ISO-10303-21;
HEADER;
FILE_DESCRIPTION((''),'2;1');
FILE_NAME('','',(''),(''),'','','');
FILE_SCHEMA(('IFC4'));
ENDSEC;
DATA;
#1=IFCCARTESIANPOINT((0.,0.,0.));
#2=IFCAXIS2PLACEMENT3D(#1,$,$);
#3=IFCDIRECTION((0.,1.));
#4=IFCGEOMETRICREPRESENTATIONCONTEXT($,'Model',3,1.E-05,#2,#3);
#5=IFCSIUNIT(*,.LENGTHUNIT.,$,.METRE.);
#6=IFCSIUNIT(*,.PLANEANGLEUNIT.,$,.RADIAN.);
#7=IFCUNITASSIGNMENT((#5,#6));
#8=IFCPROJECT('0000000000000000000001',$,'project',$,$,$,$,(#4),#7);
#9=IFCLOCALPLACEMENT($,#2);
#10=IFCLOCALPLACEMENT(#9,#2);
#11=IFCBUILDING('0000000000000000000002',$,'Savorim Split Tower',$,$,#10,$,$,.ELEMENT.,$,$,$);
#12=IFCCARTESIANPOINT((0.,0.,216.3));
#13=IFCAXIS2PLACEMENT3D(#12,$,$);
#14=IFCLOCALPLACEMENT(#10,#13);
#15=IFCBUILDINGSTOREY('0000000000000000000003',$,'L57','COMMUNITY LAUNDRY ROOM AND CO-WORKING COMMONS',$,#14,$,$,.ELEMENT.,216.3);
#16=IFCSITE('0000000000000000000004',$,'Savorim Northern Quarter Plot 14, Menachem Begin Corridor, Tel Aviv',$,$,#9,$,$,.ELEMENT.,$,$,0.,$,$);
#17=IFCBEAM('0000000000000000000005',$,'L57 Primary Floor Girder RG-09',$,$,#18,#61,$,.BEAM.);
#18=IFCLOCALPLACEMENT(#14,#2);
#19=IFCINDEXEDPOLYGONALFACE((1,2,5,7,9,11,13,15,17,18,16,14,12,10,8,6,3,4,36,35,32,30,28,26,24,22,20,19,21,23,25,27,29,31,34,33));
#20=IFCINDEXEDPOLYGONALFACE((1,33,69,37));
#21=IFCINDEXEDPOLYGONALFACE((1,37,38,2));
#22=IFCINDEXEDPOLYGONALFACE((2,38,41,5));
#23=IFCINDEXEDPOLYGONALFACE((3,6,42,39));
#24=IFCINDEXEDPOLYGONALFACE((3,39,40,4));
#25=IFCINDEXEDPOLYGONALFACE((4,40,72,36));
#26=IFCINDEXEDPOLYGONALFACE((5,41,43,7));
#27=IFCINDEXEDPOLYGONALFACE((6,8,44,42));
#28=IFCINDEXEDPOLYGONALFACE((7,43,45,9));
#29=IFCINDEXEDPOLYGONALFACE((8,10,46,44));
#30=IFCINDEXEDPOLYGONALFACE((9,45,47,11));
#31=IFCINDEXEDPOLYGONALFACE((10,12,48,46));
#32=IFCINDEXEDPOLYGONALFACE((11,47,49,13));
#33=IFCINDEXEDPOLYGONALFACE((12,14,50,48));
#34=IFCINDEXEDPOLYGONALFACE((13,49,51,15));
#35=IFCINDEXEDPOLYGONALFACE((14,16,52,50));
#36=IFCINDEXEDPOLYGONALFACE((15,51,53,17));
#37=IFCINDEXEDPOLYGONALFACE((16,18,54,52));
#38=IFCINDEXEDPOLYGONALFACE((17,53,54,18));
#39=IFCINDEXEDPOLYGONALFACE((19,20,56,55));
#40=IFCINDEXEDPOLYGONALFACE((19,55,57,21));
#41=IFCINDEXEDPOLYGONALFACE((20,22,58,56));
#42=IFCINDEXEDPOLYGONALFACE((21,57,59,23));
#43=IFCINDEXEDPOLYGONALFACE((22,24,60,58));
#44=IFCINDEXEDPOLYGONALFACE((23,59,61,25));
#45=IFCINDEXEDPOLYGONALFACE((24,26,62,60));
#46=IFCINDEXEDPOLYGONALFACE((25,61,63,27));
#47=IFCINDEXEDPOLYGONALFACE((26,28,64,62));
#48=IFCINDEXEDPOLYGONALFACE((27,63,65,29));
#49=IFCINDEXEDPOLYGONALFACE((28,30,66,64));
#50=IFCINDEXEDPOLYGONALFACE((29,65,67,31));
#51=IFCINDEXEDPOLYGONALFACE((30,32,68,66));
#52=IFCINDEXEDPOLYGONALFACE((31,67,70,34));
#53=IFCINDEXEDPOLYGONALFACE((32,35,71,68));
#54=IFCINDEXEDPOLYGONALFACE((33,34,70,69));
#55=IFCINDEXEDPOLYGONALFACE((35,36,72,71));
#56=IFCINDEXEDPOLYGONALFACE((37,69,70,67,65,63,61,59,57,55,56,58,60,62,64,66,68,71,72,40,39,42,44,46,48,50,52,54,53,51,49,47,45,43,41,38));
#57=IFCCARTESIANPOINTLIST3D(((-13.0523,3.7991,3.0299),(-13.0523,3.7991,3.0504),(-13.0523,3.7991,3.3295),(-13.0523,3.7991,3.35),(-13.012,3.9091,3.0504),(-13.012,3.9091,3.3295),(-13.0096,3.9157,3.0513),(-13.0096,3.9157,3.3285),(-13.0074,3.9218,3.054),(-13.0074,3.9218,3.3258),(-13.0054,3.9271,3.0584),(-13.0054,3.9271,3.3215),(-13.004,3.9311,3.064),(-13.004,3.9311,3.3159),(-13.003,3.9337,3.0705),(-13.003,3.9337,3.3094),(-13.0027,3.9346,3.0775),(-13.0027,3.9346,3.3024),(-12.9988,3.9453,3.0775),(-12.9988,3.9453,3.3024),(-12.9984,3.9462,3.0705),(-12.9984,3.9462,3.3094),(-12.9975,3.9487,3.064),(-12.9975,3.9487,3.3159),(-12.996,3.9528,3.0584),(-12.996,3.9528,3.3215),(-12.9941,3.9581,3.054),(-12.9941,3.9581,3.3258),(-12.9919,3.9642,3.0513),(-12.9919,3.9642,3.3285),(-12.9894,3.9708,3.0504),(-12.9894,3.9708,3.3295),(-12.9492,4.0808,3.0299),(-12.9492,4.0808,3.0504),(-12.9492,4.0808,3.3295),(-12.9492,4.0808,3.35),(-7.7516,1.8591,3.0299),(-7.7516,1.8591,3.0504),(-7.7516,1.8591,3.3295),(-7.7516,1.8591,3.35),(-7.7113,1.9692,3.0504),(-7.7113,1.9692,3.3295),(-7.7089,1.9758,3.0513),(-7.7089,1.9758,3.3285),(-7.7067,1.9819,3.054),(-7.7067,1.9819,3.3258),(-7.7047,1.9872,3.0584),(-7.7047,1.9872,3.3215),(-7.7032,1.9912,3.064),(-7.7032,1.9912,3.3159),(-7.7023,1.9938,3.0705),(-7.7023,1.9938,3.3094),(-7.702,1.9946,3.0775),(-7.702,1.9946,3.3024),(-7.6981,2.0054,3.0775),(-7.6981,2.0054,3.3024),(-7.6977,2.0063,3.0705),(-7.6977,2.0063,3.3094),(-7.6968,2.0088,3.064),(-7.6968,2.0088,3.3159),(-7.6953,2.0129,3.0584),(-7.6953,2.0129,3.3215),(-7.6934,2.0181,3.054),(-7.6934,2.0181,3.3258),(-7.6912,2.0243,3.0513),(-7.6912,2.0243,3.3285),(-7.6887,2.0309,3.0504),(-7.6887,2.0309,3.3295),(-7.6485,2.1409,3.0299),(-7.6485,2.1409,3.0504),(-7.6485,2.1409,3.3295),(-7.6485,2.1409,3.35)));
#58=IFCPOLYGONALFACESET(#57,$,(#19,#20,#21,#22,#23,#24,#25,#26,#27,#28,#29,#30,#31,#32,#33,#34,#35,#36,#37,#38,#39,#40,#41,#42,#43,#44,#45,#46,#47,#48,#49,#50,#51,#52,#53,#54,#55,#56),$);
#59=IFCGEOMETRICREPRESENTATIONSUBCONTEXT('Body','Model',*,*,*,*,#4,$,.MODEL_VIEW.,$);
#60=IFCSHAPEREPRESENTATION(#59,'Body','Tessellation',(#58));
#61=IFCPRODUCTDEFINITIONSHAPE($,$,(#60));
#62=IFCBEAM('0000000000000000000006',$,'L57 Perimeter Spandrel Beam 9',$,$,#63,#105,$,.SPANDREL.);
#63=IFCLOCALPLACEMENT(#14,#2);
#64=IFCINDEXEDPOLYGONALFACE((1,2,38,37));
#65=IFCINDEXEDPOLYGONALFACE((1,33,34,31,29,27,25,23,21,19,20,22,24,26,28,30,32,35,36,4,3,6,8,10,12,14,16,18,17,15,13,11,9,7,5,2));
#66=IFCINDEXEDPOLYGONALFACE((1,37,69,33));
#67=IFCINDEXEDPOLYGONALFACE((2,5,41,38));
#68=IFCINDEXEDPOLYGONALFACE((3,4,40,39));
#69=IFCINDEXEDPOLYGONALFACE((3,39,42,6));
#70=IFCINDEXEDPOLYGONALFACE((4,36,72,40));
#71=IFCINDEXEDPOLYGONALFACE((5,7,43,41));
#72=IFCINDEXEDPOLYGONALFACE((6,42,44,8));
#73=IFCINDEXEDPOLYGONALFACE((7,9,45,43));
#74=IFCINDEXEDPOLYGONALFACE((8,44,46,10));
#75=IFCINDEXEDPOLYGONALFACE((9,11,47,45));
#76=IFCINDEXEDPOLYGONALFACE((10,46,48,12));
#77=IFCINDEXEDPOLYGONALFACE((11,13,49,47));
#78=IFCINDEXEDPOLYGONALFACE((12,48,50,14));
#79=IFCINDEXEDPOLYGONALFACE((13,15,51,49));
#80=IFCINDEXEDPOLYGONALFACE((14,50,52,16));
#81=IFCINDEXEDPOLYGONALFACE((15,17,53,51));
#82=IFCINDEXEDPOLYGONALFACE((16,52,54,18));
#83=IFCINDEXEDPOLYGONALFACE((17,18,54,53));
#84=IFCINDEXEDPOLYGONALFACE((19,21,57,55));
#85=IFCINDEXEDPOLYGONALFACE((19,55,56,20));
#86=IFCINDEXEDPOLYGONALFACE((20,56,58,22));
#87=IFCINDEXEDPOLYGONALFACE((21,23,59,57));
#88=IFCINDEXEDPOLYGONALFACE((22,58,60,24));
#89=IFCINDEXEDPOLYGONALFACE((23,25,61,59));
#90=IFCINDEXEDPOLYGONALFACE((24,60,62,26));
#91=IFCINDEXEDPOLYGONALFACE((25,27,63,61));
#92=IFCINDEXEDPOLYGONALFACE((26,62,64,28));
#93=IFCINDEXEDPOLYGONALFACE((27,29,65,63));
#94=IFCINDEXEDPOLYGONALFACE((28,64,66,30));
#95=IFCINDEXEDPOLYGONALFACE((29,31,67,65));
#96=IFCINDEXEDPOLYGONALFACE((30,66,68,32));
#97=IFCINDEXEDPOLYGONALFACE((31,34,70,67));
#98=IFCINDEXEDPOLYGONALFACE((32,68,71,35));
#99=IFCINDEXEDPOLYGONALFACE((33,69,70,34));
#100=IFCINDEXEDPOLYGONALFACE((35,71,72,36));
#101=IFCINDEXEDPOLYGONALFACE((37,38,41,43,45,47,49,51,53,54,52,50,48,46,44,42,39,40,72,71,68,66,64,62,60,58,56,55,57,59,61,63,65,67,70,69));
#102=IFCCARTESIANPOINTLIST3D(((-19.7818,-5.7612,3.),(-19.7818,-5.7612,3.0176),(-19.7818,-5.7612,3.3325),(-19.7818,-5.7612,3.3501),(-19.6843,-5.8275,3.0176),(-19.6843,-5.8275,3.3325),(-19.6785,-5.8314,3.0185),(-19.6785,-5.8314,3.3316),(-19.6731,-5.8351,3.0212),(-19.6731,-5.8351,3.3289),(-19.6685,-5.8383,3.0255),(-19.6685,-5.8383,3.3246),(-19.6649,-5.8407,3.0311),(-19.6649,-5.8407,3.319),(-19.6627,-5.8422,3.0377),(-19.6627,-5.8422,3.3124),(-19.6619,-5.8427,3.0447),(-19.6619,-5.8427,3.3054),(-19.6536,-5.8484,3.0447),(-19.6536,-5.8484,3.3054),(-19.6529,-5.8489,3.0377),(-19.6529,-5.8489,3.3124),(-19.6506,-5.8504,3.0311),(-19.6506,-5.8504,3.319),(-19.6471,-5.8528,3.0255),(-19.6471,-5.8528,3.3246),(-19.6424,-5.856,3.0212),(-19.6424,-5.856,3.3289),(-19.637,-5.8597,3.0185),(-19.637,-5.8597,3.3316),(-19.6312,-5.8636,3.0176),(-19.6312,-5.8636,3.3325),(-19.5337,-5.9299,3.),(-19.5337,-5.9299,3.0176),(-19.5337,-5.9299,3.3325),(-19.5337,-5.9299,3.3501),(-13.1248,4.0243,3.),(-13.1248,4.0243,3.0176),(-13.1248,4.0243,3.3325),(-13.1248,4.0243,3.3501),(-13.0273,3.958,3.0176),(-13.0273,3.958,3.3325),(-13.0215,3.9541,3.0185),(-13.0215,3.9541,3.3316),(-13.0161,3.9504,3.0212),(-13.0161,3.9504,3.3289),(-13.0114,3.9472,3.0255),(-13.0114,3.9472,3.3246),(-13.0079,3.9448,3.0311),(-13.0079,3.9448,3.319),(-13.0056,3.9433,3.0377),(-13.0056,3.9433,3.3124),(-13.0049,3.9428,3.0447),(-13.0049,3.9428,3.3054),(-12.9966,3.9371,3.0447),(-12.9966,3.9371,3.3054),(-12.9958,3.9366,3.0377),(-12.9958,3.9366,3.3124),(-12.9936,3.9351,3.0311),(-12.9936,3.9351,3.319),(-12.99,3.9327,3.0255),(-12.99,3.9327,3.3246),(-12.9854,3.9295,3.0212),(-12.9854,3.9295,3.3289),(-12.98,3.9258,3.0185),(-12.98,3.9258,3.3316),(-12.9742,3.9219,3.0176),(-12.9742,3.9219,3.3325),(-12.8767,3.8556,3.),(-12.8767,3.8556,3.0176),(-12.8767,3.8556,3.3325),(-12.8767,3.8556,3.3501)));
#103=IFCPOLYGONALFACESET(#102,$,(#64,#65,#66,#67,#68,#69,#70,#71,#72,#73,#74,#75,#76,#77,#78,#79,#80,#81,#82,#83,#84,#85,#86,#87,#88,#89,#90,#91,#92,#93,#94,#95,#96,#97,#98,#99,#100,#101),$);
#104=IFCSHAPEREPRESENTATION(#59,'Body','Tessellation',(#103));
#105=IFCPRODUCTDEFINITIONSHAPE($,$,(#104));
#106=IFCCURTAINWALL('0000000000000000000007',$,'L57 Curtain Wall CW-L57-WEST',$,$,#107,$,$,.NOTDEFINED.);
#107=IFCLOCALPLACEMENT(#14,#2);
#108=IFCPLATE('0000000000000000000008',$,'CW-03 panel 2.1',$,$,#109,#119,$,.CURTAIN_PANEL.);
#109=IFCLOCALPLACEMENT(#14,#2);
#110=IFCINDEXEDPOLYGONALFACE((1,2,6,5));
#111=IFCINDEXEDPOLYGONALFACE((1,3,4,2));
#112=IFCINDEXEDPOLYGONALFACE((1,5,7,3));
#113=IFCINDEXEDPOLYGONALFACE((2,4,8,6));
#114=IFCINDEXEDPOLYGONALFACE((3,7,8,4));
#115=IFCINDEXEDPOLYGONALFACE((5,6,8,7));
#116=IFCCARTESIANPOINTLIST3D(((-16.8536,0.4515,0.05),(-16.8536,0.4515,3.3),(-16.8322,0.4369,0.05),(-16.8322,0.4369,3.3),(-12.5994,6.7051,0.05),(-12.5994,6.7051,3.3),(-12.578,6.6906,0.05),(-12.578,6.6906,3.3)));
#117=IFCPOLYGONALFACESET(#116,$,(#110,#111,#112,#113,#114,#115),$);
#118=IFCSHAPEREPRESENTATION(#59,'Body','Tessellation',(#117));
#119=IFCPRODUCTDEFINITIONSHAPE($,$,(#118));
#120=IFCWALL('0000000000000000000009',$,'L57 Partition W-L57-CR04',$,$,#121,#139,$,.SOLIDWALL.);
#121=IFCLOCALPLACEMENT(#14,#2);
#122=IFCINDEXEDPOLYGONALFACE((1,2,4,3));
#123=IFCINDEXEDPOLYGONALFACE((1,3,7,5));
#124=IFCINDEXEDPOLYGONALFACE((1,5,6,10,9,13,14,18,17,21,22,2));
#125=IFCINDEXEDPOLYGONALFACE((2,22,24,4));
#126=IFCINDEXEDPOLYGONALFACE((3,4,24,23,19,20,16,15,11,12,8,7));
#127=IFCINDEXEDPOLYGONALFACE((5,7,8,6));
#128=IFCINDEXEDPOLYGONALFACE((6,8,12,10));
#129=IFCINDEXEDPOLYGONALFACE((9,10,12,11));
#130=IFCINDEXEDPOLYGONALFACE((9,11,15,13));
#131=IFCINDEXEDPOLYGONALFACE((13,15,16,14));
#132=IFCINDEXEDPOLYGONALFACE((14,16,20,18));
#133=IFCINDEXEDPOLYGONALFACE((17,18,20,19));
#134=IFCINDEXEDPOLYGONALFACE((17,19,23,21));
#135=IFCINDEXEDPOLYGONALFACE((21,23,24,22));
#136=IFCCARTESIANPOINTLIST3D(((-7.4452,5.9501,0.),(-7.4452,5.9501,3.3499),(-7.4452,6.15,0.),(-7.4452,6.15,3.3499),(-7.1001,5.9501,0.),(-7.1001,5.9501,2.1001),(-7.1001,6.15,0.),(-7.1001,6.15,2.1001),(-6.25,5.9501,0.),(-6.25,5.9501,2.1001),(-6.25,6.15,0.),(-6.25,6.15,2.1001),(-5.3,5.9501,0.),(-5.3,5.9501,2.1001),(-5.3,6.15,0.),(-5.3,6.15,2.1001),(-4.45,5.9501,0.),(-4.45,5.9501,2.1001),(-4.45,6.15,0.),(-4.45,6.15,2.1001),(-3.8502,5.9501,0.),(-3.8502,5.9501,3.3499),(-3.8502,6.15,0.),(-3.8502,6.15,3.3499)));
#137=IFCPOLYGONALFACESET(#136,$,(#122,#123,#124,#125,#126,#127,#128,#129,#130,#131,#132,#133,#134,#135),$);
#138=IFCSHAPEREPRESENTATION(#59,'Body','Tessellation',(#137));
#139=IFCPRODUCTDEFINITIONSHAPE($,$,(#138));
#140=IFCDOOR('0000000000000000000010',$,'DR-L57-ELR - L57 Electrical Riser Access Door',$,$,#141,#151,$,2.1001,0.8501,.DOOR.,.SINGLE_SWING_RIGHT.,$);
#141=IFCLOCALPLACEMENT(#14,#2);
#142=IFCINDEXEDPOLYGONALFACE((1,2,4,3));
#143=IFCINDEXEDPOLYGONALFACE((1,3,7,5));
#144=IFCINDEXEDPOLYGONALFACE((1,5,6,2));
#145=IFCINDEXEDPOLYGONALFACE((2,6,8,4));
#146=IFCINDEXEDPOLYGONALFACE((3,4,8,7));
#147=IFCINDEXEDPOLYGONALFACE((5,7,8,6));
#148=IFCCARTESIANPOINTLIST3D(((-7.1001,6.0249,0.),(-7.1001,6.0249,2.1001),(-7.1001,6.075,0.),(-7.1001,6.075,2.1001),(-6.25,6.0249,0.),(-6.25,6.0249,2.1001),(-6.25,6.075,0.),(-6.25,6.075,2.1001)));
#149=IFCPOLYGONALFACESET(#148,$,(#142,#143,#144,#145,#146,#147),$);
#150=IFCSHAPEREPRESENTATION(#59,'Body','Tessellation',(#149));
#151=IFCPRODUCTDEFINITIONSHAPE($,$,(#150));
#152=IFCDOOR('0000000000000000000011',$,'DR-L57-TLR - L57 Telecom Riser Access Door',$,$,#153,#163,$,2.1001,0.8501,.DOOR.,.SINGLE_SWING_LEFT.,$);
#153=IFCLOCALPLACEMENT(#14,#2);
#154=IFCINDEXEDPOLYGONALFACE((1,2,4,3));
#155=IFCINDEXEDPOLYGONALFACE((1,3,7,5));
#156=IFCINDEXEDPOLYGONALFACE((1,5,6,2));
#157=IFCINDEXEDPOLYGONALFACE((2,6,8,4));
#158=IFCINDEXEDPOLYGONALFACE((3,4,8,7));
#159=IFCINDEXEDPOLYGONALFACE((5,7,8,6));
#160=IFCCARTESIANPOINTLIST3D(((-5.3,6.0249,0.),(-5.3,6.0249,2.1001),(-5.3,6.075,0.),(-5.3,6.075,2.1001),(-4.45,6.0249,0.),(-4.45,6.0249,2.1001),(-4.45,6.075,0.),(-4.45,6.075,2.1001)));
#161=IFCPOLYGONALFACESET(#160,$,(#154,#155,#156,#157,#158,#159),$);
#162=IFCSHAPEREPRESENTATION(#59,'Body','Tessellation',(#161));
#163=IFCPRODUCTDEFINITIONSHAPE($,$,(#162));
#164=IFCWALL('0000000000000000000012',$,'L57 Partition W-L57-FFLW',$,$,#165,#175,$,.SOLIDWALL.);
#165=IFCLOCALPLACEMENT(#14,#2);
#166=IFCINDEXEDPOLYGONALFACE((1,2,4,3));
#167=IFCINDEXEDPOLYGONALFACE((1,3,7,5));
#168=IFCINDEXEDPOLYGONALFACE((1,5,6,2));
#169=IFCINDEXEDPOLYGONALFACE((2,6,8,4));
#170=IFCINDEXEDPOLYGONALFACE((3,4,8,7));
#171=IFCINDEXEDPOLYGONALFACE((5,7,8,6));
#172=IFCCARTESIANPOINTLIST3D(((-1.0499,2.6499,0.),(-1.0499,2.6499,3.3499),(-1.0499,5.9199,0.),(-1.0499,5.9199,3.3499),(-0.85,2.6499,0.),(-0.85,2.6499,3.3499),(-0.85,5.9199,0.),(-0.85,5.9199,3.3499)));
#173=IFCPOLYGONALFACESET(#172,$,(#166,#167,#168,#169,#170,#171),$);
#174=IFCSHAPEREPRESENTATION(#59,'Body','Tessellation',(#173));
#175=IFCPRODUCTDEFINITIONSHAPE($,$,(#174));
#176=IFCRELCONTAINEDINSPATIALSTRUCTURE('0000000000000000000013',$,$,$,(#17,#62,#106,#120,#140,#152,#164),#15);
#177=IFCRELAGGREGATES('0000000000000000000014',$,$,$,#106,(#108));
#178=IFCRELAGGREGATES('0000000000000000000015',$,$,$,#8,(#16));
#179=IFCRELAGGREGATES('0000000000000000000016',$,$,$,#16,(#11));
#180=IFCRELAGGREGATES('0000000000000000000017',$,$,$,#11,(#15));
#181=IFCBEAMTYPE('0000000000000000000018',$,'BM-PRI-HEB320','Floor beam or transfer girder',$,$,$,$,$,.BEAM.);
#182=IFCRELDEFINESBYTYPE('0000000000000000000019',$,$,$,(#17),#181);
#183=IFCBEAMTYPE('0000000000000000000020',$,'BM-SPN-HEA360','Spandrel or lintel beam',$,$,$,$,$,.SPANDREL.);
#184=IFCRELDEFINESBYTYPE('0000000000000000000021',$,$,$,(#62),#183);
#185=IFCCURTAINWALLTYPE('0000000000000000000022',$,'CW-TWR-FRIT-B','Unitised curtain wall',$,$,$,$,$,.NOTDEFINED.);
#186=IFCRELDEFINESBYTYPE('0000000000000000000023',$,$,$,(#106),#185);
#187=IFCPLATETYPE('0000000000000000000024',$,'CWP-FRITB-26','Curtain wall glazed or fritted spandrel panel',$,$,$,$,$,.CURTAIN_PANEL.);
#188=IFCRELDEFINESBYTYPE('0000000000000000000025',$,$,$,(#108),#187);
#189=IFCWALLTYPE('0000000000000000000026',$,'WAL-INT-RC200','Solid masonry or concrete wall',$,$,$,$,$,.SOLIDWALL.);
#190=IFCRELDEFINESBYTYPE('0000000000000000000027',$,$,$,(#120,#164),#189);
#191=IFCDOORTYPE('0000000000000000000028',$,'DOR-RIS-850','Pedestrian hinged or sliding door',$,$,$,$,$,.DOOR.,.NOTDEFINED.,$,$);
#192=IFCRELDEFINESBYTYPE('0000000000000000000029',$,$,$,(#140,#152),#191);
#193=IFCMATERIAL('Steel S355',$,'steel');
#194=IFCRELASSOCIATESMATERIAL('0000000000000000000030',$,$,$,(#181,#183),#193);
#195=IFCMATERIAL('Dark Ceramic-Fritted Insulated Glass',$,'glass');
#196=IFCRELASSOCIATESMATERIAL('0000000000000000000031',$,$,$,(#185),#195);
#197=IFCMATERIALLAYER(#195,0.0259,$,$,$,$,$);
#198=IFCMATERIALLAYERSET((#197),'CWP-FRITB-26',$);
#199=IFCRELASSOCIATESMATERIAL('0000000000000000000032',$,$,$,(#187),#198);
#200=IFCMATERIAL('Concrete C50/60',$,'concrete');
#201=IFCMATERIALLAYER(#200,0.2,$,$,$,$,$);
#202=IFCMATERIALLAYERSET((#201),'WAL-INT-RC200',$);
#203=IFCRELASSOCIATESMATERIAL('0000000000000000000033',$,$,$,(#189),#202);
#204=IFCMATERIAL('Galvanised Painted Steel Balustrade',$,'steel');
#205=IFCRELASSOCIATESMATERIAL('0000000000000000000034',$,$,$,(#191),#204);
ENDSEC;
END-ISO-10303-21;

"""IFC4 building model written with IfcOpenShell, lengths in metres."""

from ifc_helpers import new_model, si_unit, direction, frame, frame_2d, origin, origin_2d, place, context, subcontext, project, spatial, rectangle, i_section, extrude, material, layer, layer_set, material_profile, profile_set, type_object, element, fill, aggregate, save


model = new_model("IFC4")

# Units and contexts
model_context = context("Model", 3, precision=1e-05, world=origin(), true_north=direction((0.0, 1.0)))
body_context = subcontext(model_context, "Body", "Model", "MODEL_VIEW")
ifc_project = project(units=[si_unit("LENGTHUNIT", "METRE"), si_unit("PLANEANGLEUNIT", "RADIAN")], contexts=[model_context])

# Site, building, storey
site_placement = place(None, origin())
site = spatial("IfcSite", under=ifc_project, at=site_placement, Name="Savorim Northern Quarter Plot 14, Menachem Begin Corridor, Tel Aviv", CompositionType="ELEMENT", RefElevation=0.0)
building_placement = place(site_placement, origin())
building = spatial("IfcBuilding", under=site, at=building_placement, Name="Savorim Split Tower", CompositionType="ELEMENT")
storey_placement = place(building_placement, frame((0.0, 0.0, 216.3)))
storey = spatial("IfcBuildingStorey", under=building, at=storey_placement, Name="L57", Description="COMMUNITY LAUNDRY ROOM AND CO-WORKING COMMONS", CompositionType="ELEMENT", Elevation=216.3)

# Shared definitions
ifc_material_1 = material(Name="Steel S355", Category="steel")

# Beams
ifc_material_profile_1 = material_profile(ifc_material_1, i_section(OverallWidth=0.3, OverallDepth=0.3201, WebThickness=0.0115, FlangeThickness=0.0205, FilletRadius=0.0271, at=origin_2d()), Name="HEB 320")
ifc_profile_set_1 = profile_set([ifc_material_profile_1], Name="Steel S355")
beam_type_1 = type_object("IfcBeamType", Name="BM-PRI-HEB320", Description="Floor beam or transfer girder", PredefinedType="BEAM", material=ifc_profile_set_1)
beam_1_placement = place(storey_placement, frame((-13.0007, 3.9399, 3.1899), z_axis=(0.939087, -0.34368, 0.0), x_axis=(0.34368, 0.939087, 0.0)))
element("IfcBeam", 1, at=beam_1_placement, inside=storey, type_object=beam_type_1, Name="L57 Primary Floor Girder RG-09", PredefinedType="BEAM", context=body_context, shape_type="SweptSolid", body=[
    extrude(i_section(OverallWidth=0.3, OverallDepth=0.3201, WebThickness=0.0115, FlangeThickness=0.0205, FilletRadius=0.0271, at=origin_2d()), origin(), (0.0, 0.0, 1.0), 5.6445),
])
ifc_material_profile_2 = material_profile(ifc_material_1, i_section(OverallWidth=0.3, OverallDepth=0.3501, WebThickness=0.01, FlangeThickness=0.0176, FilletRadius=0.0271, at=origin_2d()), Name="HEA 360")
ifc_profile_set_2 = profile_set([ifc_material_profile_2], Name="Steel S355")
beam_type_2 = type_object("IfcBeamType", Name="BM-SPN-HEA360", Description="Spandrel or lintel beam", PredefinedType="SPANDREL", material=ifc_profile_set_2)
beam_2_placement = place(storey_placement, frame((-13.0007, 3.9399, 3.175), z_axis=(-0.562478, -0.826812, 0.0), x_axis=(0.826812, -0.562478, 0.0)))
element("IfcBeam", 2, at=beam_2_placement, inside=storey, type_object=beam_type_2, Name="L57 Perimeter Spandrel Beam 9", PredefinedType="SPANDREL", context=body_context, shape_type="SweptSolid", body=[
    extrude(i_section(OverallWidth=0.3, OverallDepth=0.3501, WebThickness=0.01, FlangeThickness=0.0176, FilletRadius=0.0271, at=origin_2d()), origin(), (0.0, 0.0, 1.0), 11.8352),
])

# Curtain wall, plate
ifc_material_2 = material(Name="Dark Ceramic-Fritted Insulated Glass", Category="glass")
curtain_wall_type = type_object("IfcCurtainWallType", Name="CW-TWR-FRIT-B", Description="Unitised curtain wall", PredefinedType="NOTDEFINED", material=ifc_material_2)
curtain_wall_placement = place(storey_placement, origin())
curtain_wall = element("IfcCurtainWall", 3, at=curtain_wall_placement, inside=storey, type_object=curtain_wall_type, Name="L57 Curtain Wall CW-L57-WEST", PredefinedType="NOTDEFINED")
ifc_layer_1 = layer(ifc_material_2, 0.0259)
ifc_layer_set_1 = layer_set([ifc_layer_1], Name="CWP-FRITB-26")
plate_type = type_object("IfcPlateType", Name="CWP-FRITB-26", Description="Curtain wall glazed or fritted spandrel panel", PredefinedType="CURTAIN_PANEL", material=ifc_layer_set_1)
plate_placement = place(storey_placement, frame((-14.7158, 3.571, 0.05), z_axis=(0.0, 0.0, 1.0), x_axis=(-0.562465, -0.826821, 0.0)))
plate = element("IfcPlate", 4, at=plate_placement, type_object=plate_type, Name="CW-03 panel 2.1", PredefinedType="CURTAIN_PANEL", context=body_context, shape_type="SweptSolid", body=[
    extrude(rectangle(XDim=7.5635, YDim=0.0259, at=origin_2d()), origin(), (0.0, 0.0, 1.0), 3.25),
])
aggregate(curtain_wall, [plate])

# Wall, openings, doors
ifc_material_3 = material(Name="Concrete C50/60", Category="concrete")
ifc_layer_2 = layer(ifc_material_3, 0.2)
ifc_layer_set_2 = layer_set([ifc_layer_2], Name="WAL-INT-RC200")
wall_type_1 = type_object("IfcWallType", Name="WAL-INT-RC200", Description="Solid masonry or concrete wall", PredefinedType="SOLIDWALL", material=ifc_layer_set_2)
wall_1_placement = place(storey_placement, frame((-7.4451, 6.05, 0.0), z_axis=(0.0, 0.0, 1.0), x_axis=(1.0, 0.0, 0.0)))
wall_1 = element("IfcWall", 5, at=wall_1_placement, inside=storey, type_object=wall_type_1, Name="L57 Partition W-L57-CR04", PredefinedType="SOLIDWALL", context=body_context, shape_type="SweptSolid", body=[
    extrude(rectangle(XDim=3.595, YDim=0.2, at=frame_2d((1.7974, 0.0))), origin(), (0.0, 0.0, 1.0), 3.3499),
])
opening_1_placement = place(wall_1_placement, frame((0.345, 0.0, 0.0)))
opening_1 = element("IfcOpeningElement", 6, at=opening_1_placement, cuts=wall_1, PredefinedType="OPENING", context=body_context, shape_type="SweptSolid", body=[
    extrude(rectangle(XDim=0.8501, YDim=2.1001, at=frame_2d((0.425, 1.05))), frame((0.0, 0.1099, 0.0), z_axis=(0.0, -1.0, 0.0), x_axis=(1.0, 0.0, 0.0)), (0.0, 0.0, 1.0), 0.22),
])
opening_2_placement = place(wall_1_placement, frame((2.145, 0.0, 0.0)))
opening_2 = element("IfcOpeningElement", 7, at=opening_2_placement, cuts=wall_1, PredefinedType="OPENING", context=body_context, shape_type="SweptSolid", body=[
    extrude(rectangle(XDim=0.8501, YDim=2.1001, at=frame_2d((0.425, 1.05))), frame((0.0, 0.1099, 0.0), z_axis=(0.0, -1.0, 0.0), x_axis=(1.0, 0.0, 0.0)), (0.0, 0.0, 1.0), 0.22),
])
ifc_material_4 = material(Name="Galvanised Painted Steel Balustrade", Category="steel")
door_type = type_object("IfcDoorType", Name="DOR-RIS-850", Description="Pedestrian hinged or sliding door", OperationType="NOTDEFINED", PredefinedType="DOOR", material=ifc_material_4)
door_1_placement = place(opening_1_placement, origin())
door_1 = element("IfcDoor", 8, at=door_1_placement, inside=storey, type_object=door_type, Name="DR-L57-ELR - L57 Electrical Riser Access Door", OperationType="SINGLE_SWING_RIGHT", OverallHeight=2.1001, OverallWidth=0.8501, PredefinedType="DOOR", context=body_context, shape_type="SweptSolid", body=[
    extrude(rectangle(XDim=0.8501, YDim=2.1001, at=frame_2d((0.425, 1.05))), frame((0.0, 0.0249, 0.0), z_axis=(0.0, -1.0, 0.0), x_axis=(1.0, 0.0, 0.0)), (0.0, 0.0, 1.0), 0.05),
])
fill(opening_1, door_1)
door_2_placement = place(opening_2_placement, origin())
door_2 = element("IfcDoor", 9, at=door_2_placement, inside=storey, type_object=door_type, Name="DR-L57-TLR - L57 Telecom Riser Access Door", OperationType="SINGLE_SWING_LEFT", OverallHeight=2.1001, OverallWidth=0.8501, PredefinedType="DOOR", context=body_context, shape_type="SweptSolid", body=[
    extrude(rectangle(XDim=0.8501, YDim=2.1001, at=frame_2d((0.425, 1.05))), frame((0.0, 0.0249, 0.0), z_axis=(0.0, -1.0, 0.0), x_axis=(1.0, 0.0, 0.0)), (0.0, 0.0, 1.0), 0.05),
])
fill(opening_2, door_2)

# Wall
wall_2_placement = place(storey_placement, frame((-0.95, 2.6499, 0.0), z_axis=(0.0, 0.0, 1.0), x_axis=(0.0, 1.0, 0.0)))
element("IfcWall", 10, at=wall_2_placement, inside=storey, type_object=wall_type_1, Name="L57 Partition W-L57-FFLW", PredefinedType="SOLIDWALL", context=body_context, shape_type="SweptSolid", body=[
    extrude(rectangle(XDim=3.27, YDim=0.2, at=frame_2d((1.635, 0.0))), origin(), (0.0, 0.0, 1.0), 3.3499),
])

save(model, "model.ifc")
